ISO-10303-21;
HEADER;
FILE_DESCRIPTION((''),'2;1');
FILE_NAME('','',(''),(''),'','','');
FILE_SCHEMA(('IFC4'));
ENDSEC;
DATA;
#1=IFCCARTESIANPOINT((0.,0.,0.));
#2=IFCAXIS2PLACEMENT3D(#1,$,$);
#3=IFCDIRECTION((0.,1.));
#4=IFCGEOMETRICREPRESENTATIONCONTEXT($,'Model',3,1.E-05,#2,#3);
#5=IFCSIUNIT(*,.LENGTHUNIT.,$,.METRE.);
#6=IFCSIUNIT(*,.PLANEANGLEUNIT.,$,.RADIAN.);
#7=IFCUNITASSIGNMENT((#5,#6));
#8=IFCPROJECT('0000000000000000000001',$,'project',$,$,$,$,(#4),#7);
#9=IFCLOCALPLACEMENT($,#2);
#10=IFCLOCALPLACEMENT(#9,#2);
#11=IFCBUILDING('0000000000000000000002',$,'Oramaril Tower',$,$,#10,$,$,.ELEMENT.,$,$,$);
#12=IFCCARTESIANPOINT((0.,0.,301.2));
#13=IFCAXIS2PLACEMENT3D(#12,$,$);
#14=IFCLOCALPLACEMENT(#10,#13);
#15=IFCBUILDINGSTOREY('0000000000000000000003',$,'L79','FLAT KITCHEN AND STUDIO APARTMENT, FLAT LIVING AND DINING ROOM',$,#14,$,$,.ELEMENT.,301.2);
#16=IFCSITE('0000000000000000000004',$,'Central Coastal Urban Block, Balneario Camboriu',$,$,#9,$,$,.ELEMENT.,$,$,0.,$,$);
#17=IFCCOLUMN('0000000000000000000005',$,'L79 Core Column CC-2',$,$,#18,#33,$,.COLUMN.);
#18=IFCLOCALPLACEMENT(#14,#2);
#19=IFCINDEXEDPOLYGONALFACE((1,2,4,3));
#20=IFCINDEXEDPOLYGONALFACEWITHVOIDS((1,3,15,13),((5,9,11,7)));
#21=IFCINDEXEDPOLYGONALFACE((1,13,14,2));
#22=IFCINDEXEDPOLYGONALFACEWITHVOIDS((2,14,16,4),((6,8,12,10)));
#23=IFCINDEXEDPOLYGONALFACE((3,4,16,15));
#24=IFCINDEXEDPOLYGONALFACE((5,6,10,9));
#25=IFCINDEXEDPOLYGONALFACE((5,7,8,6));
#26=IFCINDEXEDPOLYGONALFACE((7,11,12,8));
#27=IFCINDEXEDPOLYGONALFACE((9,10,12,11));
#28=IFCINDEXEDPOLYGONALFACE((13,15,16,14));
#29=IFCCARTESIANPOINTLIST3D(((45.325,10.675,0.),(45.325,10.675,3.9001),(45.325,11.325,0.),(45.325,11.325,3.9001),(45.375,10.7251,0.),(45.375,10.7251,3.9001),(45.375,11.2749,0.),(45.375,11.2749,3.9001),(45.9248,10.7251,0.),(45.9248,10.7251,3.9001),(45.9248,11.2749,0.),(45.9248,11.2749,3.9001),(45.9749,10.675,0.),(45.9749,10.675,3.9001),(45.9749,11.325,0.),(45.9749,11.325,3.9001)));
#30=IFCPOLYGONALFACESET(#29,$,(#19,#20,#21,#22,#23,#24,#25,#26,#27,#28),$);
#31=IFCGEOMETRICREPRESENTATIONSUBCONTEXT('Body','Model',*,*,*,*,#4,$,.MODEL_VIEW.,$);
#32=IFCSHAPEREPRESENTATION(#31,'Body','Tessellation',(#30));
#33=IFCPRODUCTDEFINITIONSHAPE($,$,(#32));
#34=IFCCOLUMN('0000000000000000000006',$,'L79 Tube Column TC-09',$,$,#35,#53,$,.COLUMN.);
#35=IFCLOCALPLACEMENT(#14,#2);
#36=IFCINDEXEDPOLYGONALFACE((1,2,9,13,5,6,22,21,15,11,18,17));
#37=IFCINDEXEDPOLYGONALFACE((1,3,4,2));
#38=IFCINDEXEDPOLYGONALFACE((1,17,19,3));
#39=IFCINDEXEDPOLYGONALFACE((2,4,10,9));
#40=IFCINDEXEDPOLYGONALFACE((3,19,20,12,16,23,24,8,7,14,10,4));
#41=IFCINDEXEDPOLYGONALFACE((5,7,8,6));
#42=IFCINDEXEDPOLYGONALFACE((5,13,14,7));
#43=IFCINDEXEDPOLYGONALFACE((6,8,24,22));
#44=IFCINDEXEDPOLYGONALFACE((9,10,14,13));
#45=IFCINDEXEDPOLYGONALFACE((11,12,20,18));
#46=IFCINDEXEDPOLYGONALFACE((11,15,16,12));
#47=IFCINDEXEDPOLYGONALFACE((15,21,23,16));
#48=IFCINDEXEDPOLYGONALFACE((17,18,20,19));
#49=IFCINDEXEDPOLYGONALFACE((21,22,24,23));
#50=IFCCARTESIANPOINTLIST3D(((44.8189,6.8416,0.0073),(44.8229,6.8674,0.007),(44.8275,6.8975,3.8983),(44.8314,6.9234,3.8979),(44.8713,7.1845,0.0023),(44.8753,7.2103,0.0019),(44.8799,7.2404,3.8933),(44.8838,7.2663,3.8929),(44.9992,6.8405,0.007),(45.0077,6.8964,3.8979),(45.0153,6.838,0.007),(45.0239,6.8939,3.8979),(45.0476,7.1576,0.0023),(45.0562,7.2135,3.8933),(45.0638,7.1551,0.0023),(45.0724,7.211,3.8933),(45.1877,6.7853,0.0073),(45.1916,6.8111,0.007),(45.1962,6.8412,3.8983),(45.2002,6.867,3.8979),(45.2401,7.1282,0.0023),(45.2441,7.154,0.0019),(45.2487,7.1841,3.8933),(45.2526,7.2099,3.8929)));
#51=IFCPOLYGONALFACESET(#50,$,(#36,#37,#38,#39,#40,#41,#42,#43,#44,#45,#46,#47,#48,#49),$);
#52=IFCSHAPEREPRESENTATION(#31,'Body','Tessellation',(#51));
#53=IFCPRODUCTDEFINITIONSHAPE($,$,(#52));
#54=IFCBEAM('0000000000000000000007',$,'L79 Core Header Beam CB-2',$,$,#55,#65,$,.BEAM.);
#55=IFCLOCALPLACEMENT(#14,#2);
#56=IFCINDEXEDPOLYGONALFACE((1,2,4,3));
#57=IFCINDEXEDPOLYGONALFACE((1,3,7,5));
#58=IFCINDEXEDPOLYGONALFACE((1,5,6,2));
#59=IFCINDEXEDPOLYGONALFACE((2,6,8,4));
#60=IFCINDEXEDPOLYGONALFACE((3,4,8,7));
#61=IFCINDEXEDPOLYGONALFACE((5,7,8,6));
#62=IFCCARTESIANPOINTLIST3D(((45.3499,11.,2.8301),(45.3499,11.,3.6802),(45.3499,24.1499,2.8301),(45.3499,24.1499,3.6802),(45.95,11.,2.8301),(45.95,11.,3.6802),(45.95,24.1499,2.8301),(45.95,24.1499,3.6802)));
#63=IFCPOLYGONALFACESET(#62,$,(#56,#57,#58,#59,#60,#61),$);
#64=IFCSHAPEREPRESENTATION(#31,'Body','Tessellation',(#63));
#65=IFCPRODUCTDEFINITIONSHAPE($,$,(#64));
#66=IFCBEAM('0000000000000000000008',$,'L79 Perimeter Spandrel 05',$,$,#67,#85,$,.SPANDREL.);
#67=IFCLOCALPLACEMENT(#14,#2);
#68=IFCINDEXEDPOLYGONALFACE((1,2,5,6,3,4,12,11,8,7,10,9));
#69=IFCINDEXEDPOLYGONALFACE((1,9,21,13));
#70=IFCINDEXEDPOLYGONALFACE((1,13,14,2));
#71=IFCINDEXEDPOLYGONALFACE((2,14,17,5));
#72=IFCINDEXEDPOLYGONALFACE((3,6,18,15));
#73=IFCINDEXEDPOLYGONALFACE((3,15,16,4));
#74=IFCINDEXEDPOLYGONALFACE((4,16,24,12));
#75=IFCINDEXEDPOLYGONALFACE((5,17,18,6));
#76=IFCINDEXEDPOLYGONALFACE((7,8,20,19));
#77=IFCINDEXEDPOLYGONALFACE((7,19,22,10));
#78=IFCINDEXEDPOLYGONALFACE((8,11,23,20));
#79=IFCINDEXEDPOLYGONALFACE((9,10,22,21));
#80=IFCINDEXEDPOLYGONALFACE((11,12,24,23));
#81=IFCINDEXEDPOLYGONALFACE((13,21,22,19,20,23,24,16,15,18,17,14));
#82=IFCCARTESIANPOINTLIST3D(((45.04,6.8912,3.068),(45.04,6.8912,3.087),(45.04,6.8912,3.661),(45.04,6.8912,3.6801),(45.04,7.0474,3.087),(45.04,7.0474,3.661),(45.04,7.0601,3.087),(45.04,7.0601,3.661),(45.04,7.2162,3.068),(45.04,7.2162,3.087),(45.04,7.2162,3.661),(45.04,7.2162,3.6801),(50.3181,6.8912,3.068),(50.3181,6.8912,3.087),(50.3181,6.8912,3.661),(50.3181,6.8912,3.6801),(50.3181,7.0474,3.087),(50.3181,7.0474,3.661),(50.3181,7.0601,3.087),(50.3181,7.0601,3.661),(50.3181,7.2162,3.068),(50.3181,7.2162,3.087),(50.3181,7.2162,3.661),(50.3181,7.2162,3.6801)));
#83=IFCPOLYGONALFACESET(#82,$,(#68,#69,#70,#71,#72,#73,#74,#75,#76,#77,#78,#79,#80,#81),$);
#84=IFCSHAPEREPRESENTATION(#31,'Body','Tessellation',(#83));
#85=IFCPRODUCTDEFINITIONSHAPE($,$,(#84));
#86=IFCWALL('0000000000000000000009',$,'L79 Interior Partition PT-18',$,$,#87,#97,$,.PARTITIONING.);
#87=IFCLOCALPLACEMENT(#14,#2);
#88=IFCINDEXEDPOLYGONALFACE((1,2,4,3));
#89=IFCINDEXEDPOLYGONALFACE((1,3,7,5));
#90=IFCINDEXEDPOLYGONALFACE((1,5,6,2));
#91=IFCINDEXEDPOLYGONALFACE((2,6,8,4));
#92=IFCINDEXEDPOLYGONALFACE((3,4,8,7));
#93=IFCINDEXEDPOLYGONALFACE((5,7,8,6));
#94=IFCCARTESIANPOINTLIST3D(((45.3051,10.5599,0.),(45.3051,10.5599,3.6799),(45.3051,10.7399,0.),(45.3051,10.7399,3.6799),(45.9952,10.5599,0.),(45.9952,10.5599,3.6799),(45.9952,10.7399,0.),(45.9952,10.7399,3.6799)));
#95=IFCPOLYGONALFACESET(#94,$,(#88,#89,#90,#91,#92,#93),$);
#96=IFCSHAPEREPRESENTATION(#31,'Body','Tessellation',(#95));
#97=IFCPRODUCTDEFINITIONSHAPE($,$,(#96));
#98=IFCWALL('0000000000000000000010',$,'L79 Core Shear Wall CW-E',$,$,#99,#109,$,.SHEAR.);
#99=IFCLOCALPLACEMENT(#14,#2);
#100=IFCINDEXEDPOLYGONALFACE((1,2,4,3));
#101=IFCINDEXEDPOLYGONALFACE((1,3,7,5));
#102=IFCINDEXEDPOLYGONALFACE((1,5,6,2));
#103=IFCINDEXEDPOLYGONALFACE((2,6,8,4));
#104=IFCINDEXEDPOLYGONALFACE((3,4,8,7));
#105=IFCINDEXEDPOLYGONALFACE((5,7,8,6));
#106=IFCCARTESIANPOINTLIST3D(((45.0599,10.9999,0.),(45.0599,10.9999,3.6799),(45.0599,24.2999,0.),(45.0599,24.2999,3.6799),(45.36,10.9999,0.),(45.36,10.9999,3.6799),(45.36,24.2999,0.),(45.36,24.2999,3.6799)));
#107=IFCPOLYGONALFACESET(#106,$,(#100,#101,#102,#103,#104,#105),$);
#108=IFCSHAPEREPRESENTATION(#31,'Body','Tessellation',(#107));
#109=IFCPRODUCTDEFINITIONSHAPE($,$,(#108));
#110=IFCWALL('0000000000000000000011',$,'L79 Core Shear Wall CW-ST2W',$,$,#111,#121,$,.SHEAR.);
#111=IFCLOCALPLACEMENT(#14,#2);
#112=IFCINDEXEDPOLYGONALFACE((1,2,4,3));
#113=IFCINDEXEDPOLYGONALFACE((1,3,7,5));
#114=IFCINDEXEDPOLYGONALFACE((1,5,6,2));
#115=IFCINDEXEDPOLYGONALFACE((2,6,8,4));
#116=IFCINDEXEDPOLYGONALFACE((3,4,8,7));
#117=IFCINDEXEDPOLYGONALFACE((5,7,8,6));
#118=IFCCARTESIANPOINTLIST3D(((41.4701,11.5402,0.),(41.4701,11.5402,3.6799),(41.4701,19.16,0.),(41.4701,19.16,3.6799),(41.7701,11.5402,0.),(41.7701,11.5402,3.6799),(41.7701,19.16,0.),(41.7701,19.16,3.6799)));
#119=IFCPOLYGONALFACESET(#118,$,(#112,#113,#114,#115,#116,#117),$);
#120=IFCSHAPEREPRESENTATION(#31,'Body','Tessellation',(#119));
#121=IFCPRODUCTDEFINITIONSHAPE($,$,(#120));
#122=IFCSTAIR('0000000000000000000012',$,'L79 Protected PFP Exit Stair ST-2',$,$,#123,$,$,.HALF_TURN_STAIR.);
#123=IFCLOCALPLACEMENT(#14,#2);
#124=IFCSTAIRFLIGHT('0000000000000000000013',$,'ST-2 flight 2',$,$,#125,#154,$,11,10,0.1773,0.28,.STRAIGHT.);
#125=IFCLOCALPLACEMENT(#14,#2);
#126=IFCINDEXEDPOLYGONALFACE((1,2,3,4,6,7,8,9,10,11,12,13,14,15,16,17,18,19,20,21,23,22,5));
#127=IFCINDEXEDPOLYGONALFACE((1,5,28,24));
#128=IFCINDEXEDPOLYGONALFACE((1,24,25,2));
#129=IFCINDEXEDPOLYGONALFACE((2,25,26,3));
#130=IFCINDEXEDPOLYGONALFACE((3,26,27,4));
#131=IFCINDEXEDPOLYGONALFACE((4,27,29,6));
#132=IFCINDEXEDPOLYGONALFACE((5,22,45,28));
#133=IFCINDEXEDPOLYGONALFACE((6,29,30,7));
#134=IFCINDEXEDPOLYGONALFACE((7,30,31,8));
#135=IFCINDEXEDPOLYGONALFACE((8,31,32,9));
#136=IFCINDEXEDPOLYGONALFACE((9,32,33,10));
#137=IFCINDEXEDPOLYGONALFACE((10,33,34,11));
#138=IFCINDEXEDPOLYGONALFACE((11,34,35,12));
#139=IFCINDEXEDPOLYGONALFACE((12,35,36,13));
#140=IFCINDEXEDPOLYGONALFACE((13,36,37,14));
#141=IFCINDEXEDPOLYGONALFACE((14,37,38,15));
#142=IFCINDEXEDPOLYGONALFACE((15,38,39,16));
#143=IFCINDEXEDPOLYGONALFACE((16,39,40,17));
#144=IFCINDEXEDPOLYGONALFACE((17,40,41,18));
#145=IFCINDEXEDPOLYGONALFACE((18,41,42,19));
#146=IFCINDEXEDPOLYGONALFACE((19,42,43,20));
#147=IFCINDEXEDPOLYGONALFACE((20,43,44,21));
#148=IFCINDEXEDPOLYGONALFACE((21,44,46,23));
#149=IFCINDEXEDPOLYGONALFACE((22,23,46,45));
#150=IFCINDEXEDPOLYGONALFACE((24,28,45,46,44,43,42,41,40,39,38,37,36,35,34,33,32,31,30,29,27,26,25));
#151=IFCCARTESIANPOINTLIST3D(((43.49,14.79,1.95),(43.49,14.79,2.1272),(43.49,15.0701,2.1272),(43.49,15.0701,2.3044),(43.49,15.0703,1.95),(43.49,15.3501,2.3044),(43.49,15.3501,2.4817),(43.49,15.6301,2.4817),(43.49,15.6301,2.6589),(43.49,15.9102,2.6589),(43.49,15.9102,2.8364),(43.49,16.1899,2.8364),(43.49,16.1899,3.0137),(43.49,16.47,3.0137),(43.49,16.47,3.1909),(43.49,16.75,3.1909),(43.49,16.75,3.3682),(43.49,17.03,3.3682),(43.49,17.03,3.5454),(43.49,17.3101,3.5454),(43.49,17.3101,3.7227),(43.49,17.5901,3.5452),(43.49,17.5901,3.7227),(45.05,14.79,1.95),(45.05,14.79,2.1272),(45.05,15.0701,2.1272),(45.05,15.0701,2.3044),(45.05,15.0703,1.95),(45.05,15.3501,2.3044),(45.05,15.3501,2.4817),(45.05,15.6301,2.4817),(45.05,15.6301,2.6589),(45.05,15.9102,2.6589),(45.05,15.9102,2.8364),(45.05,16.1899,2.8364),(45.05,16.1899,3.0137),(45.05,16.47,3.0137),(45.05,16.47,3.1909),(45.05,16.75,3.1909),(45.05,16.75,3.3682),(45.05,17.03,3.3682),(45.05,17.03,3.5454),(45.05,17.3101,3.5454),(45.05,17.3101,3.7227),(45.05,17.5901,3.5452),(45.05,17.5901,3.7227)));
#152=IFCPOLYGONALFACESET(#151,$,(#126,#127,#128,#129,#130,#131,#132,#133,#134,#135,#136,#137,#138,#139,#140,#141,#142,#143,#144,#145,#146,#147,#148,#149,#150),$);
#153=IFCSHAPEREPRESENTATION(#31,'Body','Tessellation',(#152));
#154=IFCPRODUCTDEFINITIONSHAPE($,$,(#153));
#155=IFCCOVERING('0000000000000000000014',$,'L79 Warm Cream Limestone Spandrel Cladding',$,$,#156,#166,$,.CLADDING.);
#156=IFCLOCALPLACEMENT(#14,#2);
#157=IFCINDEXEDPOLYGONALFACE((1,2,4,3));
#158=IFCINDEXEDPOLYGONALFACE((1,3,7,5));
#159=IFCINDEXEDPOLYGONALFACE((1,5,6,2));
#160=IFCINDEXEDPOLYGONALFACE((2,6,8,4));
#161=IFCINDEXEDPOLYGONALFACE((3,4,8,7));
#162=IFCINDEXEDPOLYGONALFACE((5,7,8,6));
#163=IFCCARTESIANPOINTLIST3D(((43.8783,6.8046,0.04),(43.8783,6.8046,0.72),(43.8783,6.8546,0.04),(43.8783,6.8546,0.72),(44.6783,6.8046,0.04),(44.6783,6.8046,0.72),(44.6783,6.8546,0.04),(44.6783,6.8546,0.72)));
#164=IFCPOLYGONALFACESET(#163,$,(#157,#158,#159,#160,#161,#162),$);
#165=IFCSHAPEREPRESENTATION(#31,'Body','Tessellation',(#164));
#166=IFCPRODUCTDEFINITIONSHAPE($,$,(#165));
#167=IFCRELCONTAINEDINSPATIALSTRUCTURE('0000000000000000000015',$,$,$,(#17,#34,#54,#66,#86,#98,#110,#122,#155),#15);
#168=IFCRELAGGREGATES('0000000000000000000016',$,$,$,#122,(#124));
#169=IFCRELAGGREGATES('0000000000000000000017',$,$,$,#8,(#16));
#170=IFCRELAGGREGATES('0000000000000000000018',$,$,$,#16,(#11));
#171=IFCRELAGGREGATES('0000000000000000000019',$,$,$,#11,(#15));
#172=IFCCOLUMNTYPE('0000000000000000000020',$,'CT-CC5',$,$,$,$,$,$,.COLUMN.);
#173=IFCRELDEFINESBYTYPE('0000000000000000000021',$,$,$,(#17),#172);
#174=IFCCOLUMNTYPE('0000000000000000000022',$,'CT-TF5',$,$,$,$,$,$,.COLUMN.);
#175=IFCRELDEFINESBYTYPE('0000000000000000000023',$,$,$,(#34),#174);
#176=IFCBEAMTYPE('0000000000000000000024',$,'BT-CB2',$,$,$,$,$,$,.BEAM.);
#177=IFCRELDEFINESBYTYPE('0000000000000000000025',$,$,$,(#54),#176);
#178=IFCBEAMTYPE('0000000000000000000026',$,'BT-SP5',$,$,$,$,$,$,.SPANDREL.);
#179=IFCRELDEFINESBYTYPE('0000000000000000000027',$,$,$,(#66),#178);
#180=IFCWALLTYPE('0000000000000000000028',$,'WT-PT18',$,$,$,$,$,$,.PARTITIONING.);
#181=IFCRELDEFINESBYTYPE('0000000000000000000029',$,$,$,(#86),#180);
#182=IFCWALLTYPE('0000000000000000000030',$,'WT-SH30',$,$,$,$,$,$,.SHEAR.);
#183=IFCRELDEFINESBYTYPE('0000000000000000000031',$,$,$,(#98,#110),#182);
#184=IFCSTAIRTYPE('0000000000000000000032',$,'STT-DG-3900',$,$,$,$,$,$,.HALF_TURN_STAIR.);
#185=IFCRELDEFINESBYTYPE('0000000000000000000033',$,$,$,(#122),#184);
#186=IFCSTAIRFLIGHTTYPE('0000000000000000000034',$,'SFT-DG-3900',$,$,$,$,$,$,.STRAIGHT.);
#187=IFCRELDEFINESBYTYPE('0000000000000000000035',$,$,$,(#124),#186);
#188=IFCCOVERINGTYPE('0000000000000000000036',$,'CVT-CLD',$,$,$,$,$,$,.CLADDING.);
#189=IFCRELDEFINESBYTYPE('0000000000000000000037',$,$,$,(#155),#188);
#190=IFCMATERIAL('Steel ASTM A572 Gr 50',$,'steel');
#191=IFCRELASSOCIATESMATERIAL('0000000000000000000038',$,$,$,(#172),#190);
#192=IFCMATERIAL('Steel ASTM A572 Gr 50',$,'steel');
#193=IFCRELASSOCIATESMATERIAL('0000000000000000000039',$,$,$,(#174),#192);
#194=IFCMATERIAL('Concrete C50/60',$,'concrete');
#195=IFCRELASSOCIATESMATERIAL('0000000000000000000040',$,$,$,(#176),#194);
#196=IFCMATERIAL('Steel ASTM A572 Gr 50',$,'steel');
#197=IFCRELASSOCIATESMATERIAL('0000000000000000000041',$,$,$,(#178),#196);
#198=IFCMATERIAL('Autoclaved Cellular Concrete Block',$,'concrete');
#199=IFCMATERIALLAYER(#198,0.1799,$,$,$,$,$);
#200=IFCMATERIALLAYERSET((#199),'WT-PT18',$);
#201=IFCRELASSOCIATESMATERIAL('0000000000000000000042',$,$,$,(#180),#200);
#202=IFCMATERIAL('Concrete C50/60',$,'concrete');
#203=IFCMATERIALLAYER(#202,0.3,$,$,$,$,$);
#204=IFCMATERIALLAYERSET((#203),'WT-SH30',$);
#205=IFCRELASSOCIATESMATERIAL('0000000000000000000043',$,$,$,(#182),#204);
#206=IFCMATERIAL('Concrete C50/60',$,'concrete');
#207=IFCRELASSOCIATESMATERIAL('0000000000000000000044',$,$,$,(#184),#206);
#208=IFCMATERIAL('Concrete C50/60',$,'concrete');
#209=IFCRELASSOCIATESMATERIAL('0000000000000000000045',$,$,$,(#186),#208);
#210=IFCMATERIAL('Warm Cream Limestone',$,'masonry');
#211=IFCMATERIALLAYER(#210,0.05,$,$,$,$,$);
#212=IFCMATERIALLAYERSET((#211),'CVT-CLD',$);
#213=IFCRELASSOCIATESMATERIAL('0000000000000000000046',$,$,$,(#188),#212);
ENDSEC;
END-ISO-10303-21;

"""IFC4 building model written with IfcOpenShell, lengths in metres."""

from ifc_helpers import new_model, si_unit, direction, frame, frame_2d, origin, origin_2d, place, context, subcontext, project, spatial, polyline, rectangle, hollow_rectangle, i_section, outline, extrude, material, layer, layer_set, material_profile, profile_set, type_object, element, aggregate, save


model = new_model("IFC4")

# Units and contexts
model_context = context("Model", 3, precision=1e-05, world=origin(), true_north=direction((0.0, 1.0)))
body_context = subcontext(model_context, "Body", "Model", "MODEL_VIEW")
ifc_project = project(units=[si_unit("LENGTHUNIT", "METRE"), si_unit("PLANEANGLEUNIT", "RADIAN")], contexts=[model_context])

# Site, building, storey
site_placement = place(None, origin())
site = spatial("IfcSite", under=ifc_project, at=site_placement, Name="Central Coastal Urban Block, Balneario Camboriu", CompositionType="ELEMENT", RefElevation=0.0)
building_placement = place(site_placement, origin())
building = spatial("IfcBuilding", under=site, at=building_placement, Name="Oramaril Tower", CompositionType="ELEMENT")
storey_placement = place(building_placement, frame((0.0, 0.0, 301.2)))
storey = spatial("IfcBuildingStorey", under=building, at=storey_placement, Name="L79", Description="FLAT KITCHEN AND STUDIO APARTMENT, FLAT LIVING AND DINING ROOM", CompositionType="ELEMENT", Elevation=301.2)

# Columns
ifc_material_1 = material(Name="Steel ASTM A572 Gr 50", Category="steel")
ifc_material_profile_1 = material_profile(ifc_material_1, hollow_rectangle(XDim=0.6499, YDim=0.6499, WallThickness=0.05, at=origin_2d()), Name="BOX650X650X50")
ifc_profile_set_1 = profile_set([ifc_material_profile_1], Name="Steel ASTM A572 Gr 50")
column_type_1 = type_object("IfcColumnType", Name="CT-CC5", PredefinedType="COLUMN", material=ifc_profile_set_1)
column_1_placement = place(storey_placement, frame((45.6499, 11.0, 0.0), z_axis=(0.0, 0.0, 1.0), x_axis=(1.0, 0.0, 0.0)))
element("IfcColumn", 1, at=column_1_placement, inside=storey, type_object=column_type_1, Name="L79 Core Column CC-2", PredefinedType="COLUMN", context=body_context, shape_type="SweptSolid", body=[
    extrude(hollow_rectangle(XDim=0.6499, YDim=0.6499, WallThickness=0.05, at=origin_2d()), origin(), (0.0, 0.0, 1.0), 3.9001),
])
ifc_material_2 = material(Name="Steel ASTM A572 Gr 50", Category="steel")
ifc_material_profile_2 = material_profile(ifc_material_2, i_section(OverallWidth=0.373, OverallDepth=0.373, WebThickness=0.0164, FlangeThickness=0.0261, at=origin_2d()), Name="W14X132")
ifc_profile_set_2 = profile_set([ifc_material_profile_2], Name="Steel ASTM A572 Gr 50")
column_type_2 = type_object("IfcColumnType", Name="CT-TF5", PredefinedType="COLUMN", material=ifc_profile_set_2)
column_2_placement = place(storey_placement, frame((45.0315, 6.9978, 0.0046), z_axis=(0.002196, 0.014368, 0.999894), x_axis=(-0.988521, 0.151084, 0.0)))
element("IfcColumn", 2, at=column_2_placement, inside=storey, type_object=column_type_2, Name="L79 Tube Column TC-09", PredefinedType="COLUMN", context=body_context, shape_type="SweptSolid", body=[
    extrude(i_section(OverallWidth=0.373, OverallDepth=0.373, WebThickness=0.0164, FlangeThickness=0.0261, at=origin_2d()), origin(), (0.0, 0.0, 1.0), 3.8914),
])

# Beams
ifc_material_3 = material(Name="Concrete C50/60", Category="concrete")
ifc_material_profile_3 = material_profile(ifc_material_3, rectangle(XDim=0.6001, YDim=0.8501, at=origin_2d()), Name="CB600X850")
ifc_profile_set_3 = profile_set([ifc_material_profile_3], Name="Concrete C50/60")
beam_type_1 = type_object("IfcBeamType", Name="BT-CB2", PredefinedType="BEAM", material=ifc_profile_set_3)
beam_1_placement = place(storey_placement, frame((45.6499, 11.0, 3.2551), z_axis=(0.0, 1.0, 0.0), x_axis=(-1.0, 0.0, 0.0)))
element("IfcBeam", 3, at=beam_1_placement, inside=storey, type_object=beam_type_1, Name="L79 Core Header Beam CB-2", PredefinedType="BEAM", context=body_context, shape_type="SweptSolid", body=[
    extrude(rectangle(XDim=0.6001, YDim=0.8501, at=origin_2d()), origin(), (0.0, 0.0, 1.0), 13.1499),
])
ifc_material_4 = material(Name="Steel ASTM A572 Gr 50", Category="steel")
ifc_material_profile_4 = material_profile(ifc_material_4, i_section(OverallWidth=0.325, OverallDepth=0.6121, WebThickness=0.0127, FlangeThickness=0.019, at=origin_2d()), Name="W24X104")
ifc_profile_set_4 = profile_set([ifc_material_profile_4], Name="Steel ASTM A572 Gr 50")
beam_type_2 = type_object("IfcBeamType", Name="BT-SP5", PredefinedType="SPANDREL", material=ifc_profile_set_4)
beam_2_placement = place(storey_placement, frame((45.04, 7.0537, 3.374), z_axis=(1.0, 0.0, 0.0), x_axis=(0.0, 1.0, 0.0)))
element("IfcBeam", 4, at=beam_2_placement, inside=storey, type_object=beam_type_2, Name="L79 Perimeter Spandrel 05", PredefinedType="SPANDREL", context=body_context, shape_type="SweptSolid", body=[
    extrude(i_section(OverallWidth=0.325, OverallDepth=0.6121, WebThickness=0.0127, FlangeThickness=0.019, at=origin_2d()), origin(), (0.0, 0.0, 1.0), 5.2781),
])

# Walls
ifc_material_5 = material(Name="Autoclaved Cellular Concrete Block", Category="concrete")
ifc_layer_1 = layer(ifc_material_5, 0.1799)
ifc_layer_set_1 = layer_set([ifc_layer_1], Name="WT-PT18")
wall_type_1 = type_object("IfcWallType", Name="WT-PT18", PredefinedType="PARTITIONING", material=ifc_layer_set_1)
wall_1_placement = place(storey_placement, frame((45.3049, 10.6499, 0.0), z_axis=(0.0, 0.0, 1.0), x_axis=(1.0, 0.0, 0.0)))
element("IfcWall", 5, at=wall_1_placement, inside=storey, type_object=wall_type_1, Name="L79 Interior Partition PT-18", PredefinedType="PARTITIONING", context=body_context, shape_type="SweptSolid", body=[
    extrude(rectangle(XDim=0.6902, YDim=0.1799, at=frame_2d((0.3452, 0.0))), origin(), (0.0, 0.0, 1.0), 3.6799),
])
ifc_material_6 = material(Name="Concrete C50/60", Category="concrete")
ifc_layer_2 = layer(ifc_material_6, 0.3)
ifc_layer_set_2 = layer_set([ifc_layer_2], Name="WT-SH30")
wall_type_2 = type_object("IfcWallType", Name="WT-SH30", PredefinedType="SHEAR", material=ifc_layer_set_2)
wall_2_placement = place(storey_placement, frame((45.21, 11.0, 0.0), z_axis=(0.0, 0.0, 1.0), x_axis=(0.0, 1.0, 0.0)))
element("IfcWall", 6, at=wall_2_placement, inside=storey, type_object=wall_type_2, Name="L79 Core Shear Wall CW-E", PredefinedType="SHEAR", context=body_context, shape_type="SweptSolid", body=[
    extrude(rectangle(XDim=13.3, YDim=0.3, at=frame_2d((6.6499, 0.0))), origin(), (0.0, 0.0, 1.0), 3.6799),
])
wall_3_placement = place(storey_placement, frame((41.6201, 11.54, 0.0), z_axis=(0.0, 0.0, 1.0), x_axis=(0.0, 1.0, 0.0)))
element("IfcWall", 7, at=wall_3_placement, inside=storey, type_object=wall_type_2, Name="L79 Core Shear Wall CW-ST2W", PredefinedType="SHEAR", context=body_context, shape_type="SweptSolid", body=[
    extrude(rectangle(XDim=7.6199, YDim=0.3, at=frame_2d((3.8101, 0.0))), origin(), (0.0, 0.0, 1.0), 3.6799),
])

# Stair, stair flight
ifc_material_7 = material(Name="Concrete C50/60", Category="concrete")
stair_type = type_object("IfcStairType", Name="STT-DG-3900", PredefinedType="HALF_TURN_STAIR", material=ifc_material_7)
stair_placement = place(storey_placement, origin())
stair = element("IfcStair", 8, at=stair_placement, inside=storey, type_object=stair_type, Name="L79 Protected PFP Exit Stair ST-2", PredefinedType="HALF_TURN_STAIR")
ifc_material_8 = material(Name="Concrete C50/60", Category="concrete")
stair_flight_type = type_object("IfcStairFlightType", Name="SFT-DG-3900", PredefinedType="STRAIGHT", material=ifc_material_8)
stair_flight_placement = place(storey_placement, frame((44.27, 14.79, 1.95), z_axis=(0.0, 0.0, 1.0), x_axis=(0.0, 1.0, 0.0)))
stair_flight = element("IfcStairFlight", 9, at=stair_flight_placement, type_object=stair_flight_type, Name="ST-2 flight 2", NumberOfRisers=11, NumberOfTreads=10, PredefinedType="STRAIGHT", RiserHeight=0.1773, TreadLength=0.28, context=body_context, shape_type="SweptSolid", body=[
    extrude(outline(polyline([(0.0, 0.0), (0.0, 0.1772), (0.28, 0.1772), (0.28, 0.3545), (0.5601, 0.3545), (0.5601, 0.5317), (0.8401, 0.5317), (0.8401, 0.709), (1.1201, 0.709), (1.1201, 0.8865), (1.3999, 0.8865), (1.3999, 1.0637), (1.6799, 1.0637), (1.6799, 1.241), (1.96, 1.241), (1.96, 1.4182), (2.24, 1.4182), (2.24, 1.5955), (2.52, 1.5955), (2.52, 1.7727), (2.8, 1.7727), (2.8, 1.95), (2.8, 1.5952), (0.2803, 0.0), (0.0, 0.0)])), frame((0.0, 0.78, 0.0), z_axis=(0.0, -1.0, 0.0), x_axis=(1.0, 0.0, 0.0)), (0.0, 0.0, 1.0), 1.5601),
])
aggregate(stair, [stair_flight])

# Covering
ifc_material_9 = material(Name="Warm Cream Limestone", Category="masonry")
ifc_layer_3 = layer(ifc_material_9, 0.05)
ifc_layer_set_3 = layer_set([ifc_layer_3], Name="CVT-CLD")
covering_type = type_object("IfcCoveringType", Name="CVT-CLD", PredefinedType="CLADDING", material=ifc_layer_set_3)
covering_placement = place(storey_placement, frame((44.2783, 6.8296, 0.04), z_axis=(0.0, 0.0, 1.0), x_axis=(1.0, 0.0, 0.0)))
element("IfcCovering", 10, at=covering_placement, inside=storey, type_object=covering_type, Name="L79 Warm Cream Limestone Spandrel Cladding", PredefinedType="CLADDING", context=body_context, shape_type="SweptSolid", body=[
    extrude(rectangle(XDim=0.8, YDim=0.05, at=origin_2d()), origin(), (0.0, 0.0, 1.0), 0.6799),
])

save(model, "model.ifc")
